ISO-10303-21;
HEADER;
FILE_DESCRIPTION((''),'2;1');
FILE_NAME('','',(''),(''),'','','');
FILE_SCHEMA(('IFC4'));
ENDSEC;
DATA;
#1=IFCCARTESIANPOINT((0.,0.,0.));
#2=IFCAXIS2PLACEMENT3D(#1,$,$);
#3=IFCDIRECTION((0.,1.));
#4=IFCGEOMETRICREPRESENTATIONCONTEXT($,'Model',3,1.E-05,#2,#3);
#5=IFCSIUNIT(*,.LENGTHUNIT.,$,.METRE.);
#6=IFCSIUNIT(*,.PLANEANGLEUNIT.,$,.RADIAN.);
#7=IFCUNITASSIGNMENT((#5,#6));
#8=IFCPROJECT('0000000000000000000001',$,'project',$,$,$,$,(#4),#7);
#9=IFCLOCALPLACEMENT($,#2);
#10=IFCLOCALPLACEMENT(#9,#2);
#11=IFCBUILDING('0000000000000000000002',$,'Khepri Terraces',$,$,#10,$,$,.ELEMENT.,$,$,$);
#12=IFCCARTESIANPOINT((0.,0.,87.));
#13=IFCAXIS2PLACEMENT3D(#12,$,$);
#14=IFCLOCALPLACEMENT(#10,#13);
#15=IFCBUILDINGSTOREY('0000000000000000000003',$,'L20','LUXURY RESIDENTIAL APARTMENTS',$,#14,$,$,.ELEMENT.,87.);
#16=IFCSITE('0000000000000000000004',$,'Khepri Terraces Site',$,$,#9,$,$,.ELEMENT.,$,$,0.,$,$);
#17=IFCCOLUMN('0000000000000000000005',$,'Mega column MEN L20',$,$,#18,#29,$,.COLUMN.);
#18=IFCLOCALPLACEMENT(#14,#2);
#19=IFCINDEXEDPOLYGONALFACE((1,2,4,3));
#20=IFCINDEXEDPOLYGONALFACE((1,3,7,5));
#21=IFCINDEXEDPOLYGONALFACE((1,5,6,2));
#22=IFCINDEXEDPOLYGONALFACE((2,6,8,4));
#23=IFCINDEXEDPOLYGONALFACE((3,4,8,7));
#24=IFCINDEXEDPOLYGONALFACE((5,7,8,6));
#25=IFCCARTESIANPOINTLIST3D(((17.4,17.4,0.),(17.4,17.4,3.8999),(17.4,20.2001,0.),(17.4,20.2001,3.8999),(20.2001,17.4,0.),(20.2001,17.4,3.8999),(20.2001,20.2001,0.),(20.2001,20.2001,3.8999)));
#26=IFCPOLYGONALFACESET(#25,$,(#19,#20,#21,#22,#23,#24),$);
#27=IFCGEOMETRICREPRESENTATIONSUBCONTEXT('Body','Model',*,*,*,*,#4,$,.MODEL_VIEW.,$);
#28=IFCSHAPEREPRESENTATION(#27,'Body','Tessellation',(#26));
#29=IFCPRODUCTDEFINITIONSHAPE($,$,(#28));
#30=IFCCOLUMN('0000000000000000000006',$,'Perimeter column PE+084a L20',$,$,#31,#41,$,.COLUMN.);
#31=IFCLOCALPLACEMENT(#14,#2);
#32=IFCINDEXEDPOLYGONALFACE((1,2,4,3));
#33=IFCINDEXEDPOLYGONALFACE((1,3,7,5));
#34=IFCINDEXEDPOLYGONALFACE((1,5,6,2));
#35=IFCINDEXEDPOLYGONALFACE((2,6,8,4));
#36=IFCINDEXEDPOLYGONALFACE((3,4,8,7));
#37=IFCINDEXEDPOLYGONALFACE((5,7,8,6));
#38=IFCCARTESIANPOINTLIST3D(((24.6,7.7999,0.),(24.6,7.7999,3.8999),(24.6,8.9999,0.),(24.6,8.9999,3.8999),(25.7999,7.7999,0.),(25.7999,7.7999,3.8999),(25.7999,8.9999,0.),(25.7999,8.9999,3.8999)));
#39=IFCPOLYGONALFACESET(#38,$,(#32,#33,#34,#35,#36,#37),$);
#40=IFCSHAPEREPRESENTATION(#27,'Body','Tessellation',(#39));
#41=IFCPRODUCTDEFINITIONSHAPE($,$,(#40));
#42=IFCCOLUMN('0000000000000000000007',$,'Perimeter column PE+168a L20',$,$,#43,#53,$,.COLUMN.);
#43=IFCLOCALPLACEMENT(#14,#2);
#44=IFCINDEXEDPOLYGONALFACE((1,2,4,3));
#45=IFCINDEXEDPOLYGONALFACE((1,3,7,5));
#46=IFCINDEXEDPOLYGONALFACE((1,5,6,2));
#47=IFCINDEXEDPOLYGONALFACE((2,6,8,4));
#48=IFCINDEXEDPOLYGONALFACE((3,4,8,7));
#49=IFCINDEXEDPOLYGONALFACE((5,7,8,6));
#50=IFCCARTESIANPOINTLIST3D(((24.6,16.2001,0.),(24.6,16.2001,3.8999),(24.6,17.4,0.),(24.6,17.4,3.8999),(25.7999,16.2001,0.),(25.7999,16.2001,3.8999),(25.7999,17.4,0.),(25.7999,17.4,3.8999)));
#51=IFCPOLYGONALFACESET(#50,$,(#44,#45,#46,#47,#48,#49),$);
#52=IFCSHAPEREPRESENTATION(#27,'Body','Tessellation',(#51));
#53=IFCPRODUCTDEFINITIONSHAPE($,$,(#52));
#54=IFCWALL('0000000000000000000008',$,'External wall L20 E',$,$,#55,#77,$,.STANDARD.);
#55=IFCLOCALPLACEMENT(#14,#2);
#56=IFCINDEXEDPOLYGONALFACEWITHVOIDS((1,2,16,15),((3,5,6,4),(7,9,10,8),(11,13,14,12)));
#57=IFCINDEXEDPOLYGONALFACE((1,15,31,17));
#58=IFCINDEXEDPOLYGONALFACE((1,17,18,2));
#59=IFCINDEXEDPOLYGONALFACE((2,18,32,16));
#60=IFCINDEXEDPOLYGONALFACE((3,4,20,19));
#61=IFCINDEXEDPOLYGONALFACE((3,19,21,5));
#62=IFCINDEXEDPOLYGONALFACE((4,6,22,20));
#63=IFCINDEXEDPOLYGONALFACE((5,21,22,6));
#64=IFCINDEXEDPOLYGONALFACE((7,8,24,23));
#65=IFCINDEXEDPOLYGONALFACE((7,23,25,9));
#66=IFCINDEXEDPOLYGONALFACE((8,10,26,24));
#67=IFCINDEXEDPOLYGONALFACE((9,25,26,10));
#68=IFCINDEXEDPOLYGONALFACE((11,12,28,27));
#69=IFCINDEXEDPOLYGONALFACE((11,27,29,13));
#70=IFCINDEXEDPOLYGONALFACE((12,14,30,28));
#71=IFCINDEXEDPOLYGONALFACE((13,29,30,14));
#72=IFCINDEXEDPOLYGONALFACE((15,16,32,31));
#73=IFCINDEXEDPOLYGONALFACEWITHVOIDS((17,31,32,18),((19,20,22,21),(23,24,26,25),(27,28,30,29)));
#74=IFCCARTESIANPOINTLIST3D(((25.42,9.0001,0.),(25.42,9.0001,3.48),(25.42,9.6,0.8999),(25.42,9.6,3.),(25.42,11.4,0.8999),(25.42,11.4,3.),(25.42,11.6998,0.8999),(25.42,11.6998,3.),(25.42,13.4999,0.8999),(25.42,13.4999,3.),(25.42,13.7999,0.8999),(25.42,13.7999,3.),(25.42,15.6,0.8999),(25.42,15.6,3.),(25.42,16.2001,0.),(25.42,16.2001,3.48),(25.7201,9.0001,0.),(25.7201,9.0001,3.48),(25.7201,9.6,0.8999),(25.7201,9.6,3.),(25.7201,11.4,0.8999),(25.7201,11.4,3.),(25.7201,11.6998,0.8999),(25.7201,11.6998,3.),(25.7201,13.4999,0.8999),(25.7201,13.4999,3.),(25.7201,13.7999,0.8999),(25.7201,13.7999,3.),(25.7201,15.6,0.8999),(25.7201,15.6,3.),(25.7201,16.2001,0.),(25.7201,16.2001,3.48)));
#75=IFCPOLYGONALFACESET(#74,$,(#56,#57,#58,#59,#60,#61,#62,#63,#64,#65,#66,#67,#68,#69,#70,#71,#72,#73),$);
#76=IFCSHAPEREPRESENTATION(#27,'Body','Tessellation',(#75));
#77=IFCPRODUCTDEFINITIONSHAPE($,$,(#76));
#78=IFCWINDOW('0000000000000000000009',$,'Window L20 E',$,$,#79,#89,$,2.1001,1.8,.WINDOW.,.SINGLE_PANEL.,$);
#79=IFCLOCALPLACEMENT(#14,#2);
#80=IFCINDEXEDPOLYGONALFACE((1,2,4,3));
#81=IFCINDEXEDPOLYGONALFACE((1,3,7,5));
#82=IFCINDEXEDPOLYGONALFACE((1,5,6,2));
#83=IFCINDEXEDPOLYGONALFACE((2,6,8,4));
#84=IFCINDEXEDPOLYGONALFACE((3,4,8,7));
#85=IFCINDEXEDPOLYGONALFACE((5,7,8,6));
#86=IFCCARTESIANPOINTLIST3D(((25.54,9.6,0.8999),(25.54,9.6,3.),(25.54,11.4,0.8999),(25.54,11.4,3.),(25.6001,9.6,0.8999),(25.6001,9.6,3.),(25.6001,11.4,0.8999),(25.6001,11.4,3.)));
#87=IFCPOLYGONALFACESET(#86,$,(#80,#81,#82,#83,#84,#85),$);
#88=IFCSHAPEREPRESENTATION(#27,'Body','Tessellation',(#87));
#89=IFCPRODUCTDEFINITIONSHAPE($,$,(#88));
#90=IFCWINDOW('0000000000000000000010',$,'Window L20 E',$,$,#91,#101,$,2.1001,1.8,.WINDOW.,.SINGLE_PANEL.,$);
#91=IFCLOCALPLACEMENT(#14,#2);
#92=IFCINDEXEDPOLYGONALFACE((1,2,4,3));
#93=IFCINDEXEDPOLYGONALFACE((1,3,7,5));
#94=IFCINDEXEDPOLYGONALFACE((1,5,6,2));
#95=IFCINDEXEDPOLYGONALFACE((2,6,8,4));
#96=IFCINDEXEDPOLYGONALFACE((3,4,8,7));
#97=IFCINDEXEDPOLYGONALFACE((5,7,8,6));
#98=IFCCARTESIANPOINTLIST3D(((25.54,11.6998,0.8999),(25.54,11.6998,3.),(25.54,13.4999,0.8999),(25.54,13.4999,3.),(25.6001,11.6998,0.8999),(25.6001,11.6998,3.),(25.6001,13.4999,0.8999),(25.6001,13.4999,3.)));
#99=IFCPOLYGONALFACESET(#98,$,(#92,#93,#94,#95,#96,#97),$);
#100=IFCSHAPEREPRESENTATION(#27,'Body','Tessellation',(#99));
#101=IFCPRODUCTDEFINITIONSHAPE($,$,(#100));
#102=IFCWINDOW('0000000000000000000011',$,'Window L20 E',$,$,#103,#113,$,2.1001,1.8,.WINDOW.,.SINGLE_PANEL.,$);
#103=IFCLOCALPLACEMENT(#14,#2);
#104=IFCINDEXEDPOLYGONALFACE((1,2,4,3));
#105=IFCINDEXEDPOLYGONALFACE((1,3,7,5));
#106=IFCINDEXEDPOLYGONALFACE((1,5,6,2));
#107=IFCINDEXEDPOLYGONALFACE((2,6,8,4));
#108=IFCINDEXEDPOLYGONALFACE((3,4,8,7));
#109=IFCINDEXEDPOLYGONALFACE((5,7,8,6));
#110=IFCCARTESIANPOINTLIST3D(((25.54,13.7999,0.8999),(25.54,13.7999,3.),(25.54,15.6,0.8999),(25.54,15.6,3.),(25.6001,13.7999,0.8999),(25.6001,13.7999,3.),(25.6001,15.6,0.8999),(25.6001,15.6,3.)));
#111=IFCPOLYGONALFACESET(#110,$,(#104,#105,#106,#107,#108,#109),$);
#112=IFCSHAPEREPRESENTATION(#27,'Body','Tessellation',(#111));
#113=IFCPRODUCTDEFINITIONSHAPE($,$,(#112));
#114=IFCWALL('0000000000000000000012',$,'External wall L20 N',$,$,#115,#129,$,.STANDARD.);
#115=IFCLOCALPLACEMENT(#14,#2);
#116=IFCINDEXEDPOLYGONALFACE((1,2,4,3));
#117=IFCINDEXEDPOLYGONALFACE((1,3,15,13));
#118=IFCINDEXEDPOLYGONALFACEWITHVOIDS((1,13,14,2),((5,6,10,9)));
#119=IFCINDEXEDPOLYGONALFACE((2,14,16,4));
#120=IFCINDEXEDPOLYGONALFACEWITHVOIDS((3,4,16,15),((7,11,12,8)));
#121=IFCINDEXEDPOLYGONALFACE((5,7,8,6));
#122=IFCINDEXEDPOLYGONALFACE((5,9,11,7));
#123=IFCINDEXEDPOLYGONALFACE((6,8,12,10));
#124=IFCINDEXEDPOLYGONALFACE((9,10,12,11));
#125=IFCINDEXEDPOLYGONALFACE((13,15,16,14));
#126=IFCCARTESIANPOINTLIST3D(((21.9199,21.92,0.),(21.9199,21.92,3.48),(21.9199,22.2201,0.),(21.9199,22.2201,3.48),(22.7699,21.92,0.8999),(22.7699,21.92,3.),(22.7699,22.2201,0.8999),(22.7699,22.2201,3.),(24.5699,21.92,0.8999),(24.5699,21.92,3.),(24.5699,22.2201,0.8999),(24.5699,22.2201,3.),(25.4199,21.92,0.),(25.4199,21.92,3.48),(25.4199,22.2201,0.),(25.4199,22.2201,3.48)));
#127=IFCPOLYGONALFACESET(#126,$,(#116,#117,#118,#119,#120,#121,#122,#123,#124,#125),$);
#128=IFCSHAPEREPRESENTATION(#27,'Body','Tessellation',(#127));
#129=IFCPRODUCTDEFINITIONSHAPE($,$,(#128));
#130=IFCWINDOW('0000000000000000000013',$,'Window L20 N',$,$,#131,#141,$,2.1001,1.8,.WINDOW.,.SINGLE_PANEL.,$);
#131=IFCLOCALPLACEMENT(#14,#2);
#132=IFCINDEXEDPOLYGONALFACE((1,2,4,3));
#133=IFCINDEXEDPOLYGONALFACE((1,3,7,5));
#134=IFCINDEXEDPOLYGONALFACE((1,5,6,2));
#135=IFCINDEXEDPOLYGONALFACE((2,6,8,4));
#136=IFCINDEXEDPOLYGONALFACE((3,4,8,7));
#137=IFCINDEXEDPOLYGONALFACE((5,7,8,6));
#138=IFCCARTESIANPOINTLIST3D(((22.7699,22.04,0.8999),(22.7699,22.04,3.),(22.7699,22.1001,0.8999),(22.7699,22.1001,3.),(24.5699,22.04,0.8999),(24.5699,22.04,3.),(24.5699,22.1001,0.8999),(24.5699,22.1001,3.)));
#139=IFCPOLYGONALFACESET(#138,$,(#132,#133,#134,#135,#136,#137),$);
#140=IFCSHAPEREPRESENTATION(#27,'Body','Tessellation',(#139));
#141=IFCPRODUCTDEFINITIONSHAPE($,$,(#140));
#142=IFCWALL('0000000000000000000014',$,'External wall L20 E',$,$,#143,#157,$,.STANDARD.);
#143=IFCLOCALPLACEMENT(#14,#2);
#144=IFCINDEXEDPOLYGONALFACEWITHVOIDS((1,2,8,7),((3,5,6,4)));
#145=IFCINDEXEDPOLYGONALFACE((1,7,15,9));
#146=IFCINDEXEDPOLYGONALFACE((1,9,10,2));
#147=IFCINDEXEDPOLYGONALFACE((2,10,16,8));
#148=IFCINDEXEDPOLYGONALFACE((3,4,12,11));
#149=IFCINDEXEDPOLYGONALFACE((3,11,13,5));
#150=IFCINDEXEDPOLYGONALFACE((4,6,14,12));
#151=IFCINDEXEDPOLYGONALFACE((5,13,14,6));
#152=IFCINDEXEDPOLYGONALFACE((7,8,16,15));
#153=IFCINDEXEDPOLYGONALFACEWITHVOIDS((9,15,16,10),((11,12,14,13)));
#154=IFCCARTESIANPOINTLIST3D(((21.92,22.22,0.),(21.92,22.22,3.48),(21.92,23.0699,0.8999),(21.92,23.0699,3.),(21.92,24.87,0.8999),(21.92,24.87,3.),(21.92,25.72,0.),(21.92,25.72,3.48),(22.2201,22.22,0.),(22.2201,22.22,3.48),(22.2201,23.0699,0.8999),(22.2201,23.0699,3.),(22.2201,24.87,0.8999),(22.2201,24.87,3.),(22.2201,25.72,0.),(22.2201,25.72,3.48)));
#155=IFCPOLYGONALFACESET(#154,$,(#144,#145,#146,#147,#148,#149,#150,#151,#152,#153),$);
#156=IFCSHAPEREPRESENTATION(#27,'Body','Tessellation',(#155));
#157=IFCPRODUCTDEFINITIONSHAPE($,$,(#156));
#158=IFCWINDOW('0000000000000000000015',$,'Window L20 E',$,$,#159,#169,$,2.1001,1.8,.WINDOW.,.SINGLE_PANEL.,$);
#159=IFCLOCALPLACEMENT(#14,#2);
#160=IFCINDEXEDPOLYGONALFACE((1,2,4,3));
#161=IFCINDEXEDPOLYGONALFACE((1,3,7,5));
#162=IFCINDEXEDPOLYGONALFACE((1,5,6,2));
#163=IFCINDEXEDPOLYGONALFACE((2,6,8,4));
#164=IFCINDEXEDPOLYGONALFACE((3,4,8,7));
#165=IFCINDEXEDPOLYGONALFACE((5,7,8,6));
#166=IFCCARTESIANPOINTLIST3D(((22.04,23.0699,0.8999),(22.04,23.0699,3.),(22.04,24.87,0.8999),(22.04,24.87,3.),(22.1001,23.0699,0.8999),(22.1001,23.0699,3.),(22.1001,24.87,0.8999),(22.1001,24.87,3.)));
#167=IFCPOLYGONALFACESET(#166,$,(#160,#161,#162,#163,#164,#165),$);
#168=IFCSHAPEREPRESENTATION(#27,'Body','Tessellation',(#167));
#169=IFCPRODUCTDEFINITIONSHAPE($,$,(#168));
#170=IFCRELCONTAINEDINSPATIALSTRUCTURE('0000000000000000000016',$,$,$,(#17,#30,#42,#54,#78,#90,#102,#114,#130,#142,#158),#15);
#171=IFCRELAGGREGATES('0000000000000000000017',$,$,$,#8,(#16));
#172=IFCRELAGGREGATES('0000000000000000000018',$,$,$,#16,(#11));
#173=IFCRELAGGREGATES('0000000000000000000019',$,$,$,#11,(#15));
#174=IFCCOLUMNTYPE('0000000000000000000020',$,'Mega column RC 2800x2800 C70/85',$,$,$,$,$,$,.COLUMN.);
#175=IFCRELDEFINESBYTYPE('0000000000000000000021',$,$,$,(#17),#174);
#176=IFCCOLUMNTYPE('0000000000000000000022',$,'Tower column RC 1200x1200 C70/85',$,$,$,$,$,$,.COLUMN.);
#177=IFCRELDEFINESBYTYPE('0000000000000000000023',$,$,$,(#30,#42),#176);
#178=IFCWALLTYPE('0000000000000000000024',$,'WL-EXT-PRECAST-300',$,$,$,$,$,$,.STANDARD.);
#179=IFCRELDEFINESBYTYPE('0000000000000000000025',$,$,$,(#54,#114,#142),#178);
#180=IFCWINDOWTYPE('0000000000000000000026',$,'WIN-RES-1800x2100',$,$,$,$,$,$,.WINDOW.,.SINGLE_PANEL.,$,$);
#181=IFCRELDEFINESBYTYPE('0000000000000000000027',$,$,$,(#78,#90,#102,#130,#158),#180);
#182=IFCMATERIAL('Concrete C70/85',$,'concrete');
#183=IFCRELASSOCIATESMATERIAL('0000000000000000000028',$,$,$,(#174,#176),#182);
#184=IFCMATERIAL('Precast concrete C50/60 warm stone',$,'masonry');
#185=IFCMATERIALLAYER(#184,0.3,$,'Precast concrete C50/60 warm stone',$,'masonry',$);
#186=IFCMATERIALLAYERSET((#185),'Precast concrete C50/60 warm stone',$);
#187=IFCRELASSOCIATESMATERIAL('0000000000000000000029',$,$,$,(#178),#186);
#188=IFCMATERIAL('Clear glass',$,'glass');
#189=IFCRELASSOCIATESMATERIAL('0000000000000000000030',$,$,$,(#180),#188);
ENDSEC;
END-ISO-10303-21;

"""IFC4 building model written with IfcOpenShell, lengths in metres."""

from ifc_helpers import new_model, si_unit, direction, frame, frame_2d, origin, origin_2d, place, context, subcontext, project, spatial, rectangle, extrude, material, layer, layer_set, material_profile, profile_set, type_object, element, fill, save


model = new_model("IFC4")

# Units and contexts
model_context = context("Model", 3, precision=1e-05, world=origin(), true_north=direction((0.0, 1.0)))
body_context = subcontext(model_context, "Body", "Model", "MODEL_VIEW")
ifc_project = project(units=[si_unit("LENGTHUNIT", "METRE"), si_unit("PLANEANGLEUNIT", "RADIAN")], contexts=[model_context])

# Site, building, storey
site_placement = place(None, origin())
site = spatial("IfcSite", under=ifc_project, at=site_placement, Name="Khepri Terraces Site", CompositionType="ELEMENT", RefElevation=0.0)
building_placement = place(site_placement, origin())
building = spatial("IfcBuilding", under=site, at=building_placement, Name="Khepri Terraces", CompositionType="ELEMENT")
storey_placement = place(building_placement, frame((0.0, 0.0, 87.0)))
storey = spatial("IfcBuildingStorey", under=building, at=storey_placement, Name="L20", Description="LUXURY RESIDENTIAL APARTMENTS", CompositionType="ELEMENT", Elevation=87.0)

# Columns
ifc_material_1 = material(Name="Concrete C70/85", Category="concrete")
ifc_material_profile_1 = material_profile(ifc_material_1, rectangle(XDim=2.8, YDim=2.8, at=origin_2d()), Name="Concrete C70/85", Category="concrete")
ifc_profile_set_1 = profile_set([ifc_material_profile_1], Name="Concrete C70/85")
column_type_1 = type_object("IfcColumnType", Name="Mega column RC 2800x2800 C70/85", PredefinedType="COLUMN", material=ifc_profile_set_1)
column_placement = place(storey_placement, frame((18.8, 18.8, 0.0), z_axis=(0.0, 0.0, 1.0), x_axis=(1.0, 0.0, 0.0)))
element("IfcColumn", 1, at=column_placement, inside=storey, type_object=column_type_1, Name="Mega column MEN L20", PredefinedType="COLUMN", context=body_context, shape_type="SweptSolid", body=[
    extrude(rectangle(XDim=2.8, YDim=2.8, at=origin_2d()), origin(), (0.0, 0.0, 1.0), 3.8999),
])
ifc_material_profile_2 = material_profile(ifc_material_1, rectangle(XDim=1.2, YDim=1.2, at=origin_2d()), Name="Concrete C70/85", Category="concrete")
ifc_profile_set_2 = profile_set([ifc_material_profile_2], Name="Concrete C70/85")
column_type_2 = type_object("IfcColumnType", Name="Tower column RC 1200x1200 C70/85", PredefinedType="COLUMN", material=ifc_profile_set_2)
for number, where, z_axis, x_axis, name in (
    (2, (25.2, 8.3999, 0.0), (0.0, 0.0, 1.0), (1.0, 0.0, 0.0), "Perimeter column PE+084a L20"),
    (3, (25.2, 16.8, 0.0), (0.0, 0.0, 1.0), (1.0, 0.0, 0.0), "Perimeter column PE+168a L20"),
):
    element("IfcColumn", number, at=place(storey_placement, frame(where, z_axis=z_axis, x_axis=x_axis)), inside=storey, type_object=column_type_2, Name=name, PredefinedType="COLUMN", context=body_context, shape_type="SweptSolid", body=[
        extrude(rectangle(XDim=1.2, YDim=1.2, at=origin_2d()), origin(), (0.0, 0.0, 1.0), 3.8999),
    ])

# Wall, openings, windows
ifc_material_2 = material(Name="Precast concrete C50/60 warm stone", Category="masonry")
ifc_layer_1 = layer(ifc_material_2, 0.3, Name="Precast concrete C50/60 warm stone", Category="masonry")
ifc_layer_set_1 = layer_set([ifc_layer_1], Name="Precast concrete C50/60 warm stone")
wall_type_1 = type_object("IfcWallType", Name="WL-EXT-PRECAST-300", PredefinedType="STANDARD", material=ifc_layer_set_1)
wall_1_placement = place(storey_placement, frame((25.5701, 9.0, 0.0), z_axis=(0.0, 0.0, 1.0), x_axis=(0.0, 1.0, 0.0)))
wall_1 = element("IfcWall", 4, at=wall_1_placement, inside=storey, type_object=wall_type_1, Name="External wall L20 E", PredefinedType="STANDARD", context=body_context, shape_type="SweptSolid", body=[
    extrude(rectangle(XDim=7.2, YDim=0.3, at=frame_2d((3.6001, 0.0))), origin(), (0.0, 0.0, 1.0), 3.48),
])
opening_1_placement = place(wall_1_placement, frame((0.6001, 0.0, 0.8999)))
opening_1 = element("IfcOpeningElement", 5, at=opening_1_placement, cuts=wall_1, PredefinedType="OPENING", context=body_context, shape_type="SweptSolid", body=[
    extrude(rectangle(XDim=1.8, YDim=2.1001, at=frame_2d((0.8999, 1.05))), frame((0.0, 0.1602, 0.0), z_axis=(0.0, -1.0, 0.0), x_axis=(1.0, 0.0, 0.0)), (0.0, 0.0, 1.0), 0.3201),
])
opening_2_placement = place(wall_1_placement, frame((2.7, 0.0, 0.8999)))
opening_2 = element("IfcOpeningElement", 6, at=opening_2_placement, cuts=wall_1, PredefinedType="OPENING", context=body_context, shape_type="SweptSolid", body=[
    extrude(rectangle(XDim=1.8, YDim=2.1001, at=frame_2d((0.8999, 1.05))), frame((0.0, 0.1602, 0.0), z_axis=(0.0, -1.0, 0.0), x_axis=(1.0, 0.0, 0.0)), (0.0, 0.0, 1.0), 0.3201),
])
opening_3_placement = place(wall_1_placement, frame((4.8, 0.0, 0.8999)))
opening_3 = element("IfcOpeningElement", 7, at=opening_3_placement, cuts=wall_1, PredefinedType="OPENING", context=body_context, shape_type="SweptSolid", body=[
    extrude(rectangle(XDim=1.8, YDim=2.1001, at=frame_2d((0.8999, 1.05))), frame((0.0, 0.1602, 0.0), z_axis=(0.0, -1.0, 0.0), x_axis=(1.0, 0.0, 0.0)), (0.0, 0.0, 1.0), 0.3201),
])
ifc_material_3 = material(Name="Clear glass", Category="glass")
window_type = type_object("IfcWindowType", Name="WIN-RES-1800x2100", PartitioningType="SINGLE_PANEL", PredefinedType="WINDOW", material=ifc_material_3)
window_1_placement = place(opening_1_placement, origin())
window_1 = element("IfcWindow", 8, at=window_1_placement, inside=storey, type_object=window_type, Name="Window L20 E", OverallHeight=2.1001, OverallWidth=1.8, PartitioningType="SINGLE_PANEL", PredefinedType="WINDOW", context=body_context, shape_type="SweptSolid", body=[
    extrude(rectangle(XDim=1.8, YDim=2.1001, at=frame_2d((0.8999, 1.05))), frame((0.0, 0.03, 0.0), z_axis=(0.0, -1.0, 0.0), x_axis=(1.0, 0.0, 0.0)), (0.0, 0.0, 1.0), 0.0601),
])
fill(opening_1, window_1)
window_2_placement = place(opening_2_placement, origin())
window_2 = element("IfcWindow", 9, at=window_2_placement, inside=storey, type_object=window_type, Name="Window L20 E", OverallHeight=2.1001, OverallWidth=1.8, PartitioningType="SINGLE_PANEL", PredefinedType="WINDOW", context=body_context, shape_type="SweptSolid", body=[
    extrude(rectangle(XDim=1.8, YDim=2.1001, at=frame_2d((0.8999, 1.05))), frame((0.0, 0.03, 0.0), z_axis=(0.0, -1.0, 0.0), x_axis=(1.0, 0.0, 0.0)), (0.0, 0.0, 1.0), 0.0601),
])
fill(opening_2, window_2)
window_3_placement = place(opening_3_placement, origin())
window_3 = element("IfcWindow", 10, at=window_3_placement, inside=storey, type_object=window_type, Name="Window L20 E", OverallHeight=2.1001, OverallWidth=1.8, PartitioningType="SINGLE_PANEL", PredefinedType="WINDOW", context=body_context, shape_type="SweptSolid", body=[
    extrude(rectangle(XDim=1.8, YDim=2.1001, at=frame_2d((0.8999, 1.05))), frame((0.0, 0.03, 0.0), z_axis=(0.0, -1.0, 0.0), x_axis=(1.0, 0.0, 0.0)), (0.0, 0.0, 1.0), 0.0601),
])
fill(opening_3, window_3)

# Walls, openings, windows
wall_2_placement = place(storey_placement, frame((25.4199, 22.0701, 0.0), z_axis=(0.0, 0.0, 1.0), x_axis=(-1.0, 0.0, 0.0)))
wall_2 = element("IfcWall", 11, at=wall_2_placement, inside=storey, type_object=wall_type_1, Name="External wall L20 N", PredefinedType="STANDARD", context=body_context, shape_type="SweptSolid", body=[
    extrude(rectangle(XDim=3.5, YDim=0.3, at=frame_2d((1.75, 0.0))), origin(), (0.0, 0.0, 1.0), 3.48),
])
opening_4_placement = place(wall_2_placement, frame((0.8501, 0.0, 0.8999)))
opening_4 = element("IfcOpeningElement", 12, at=opening_4_placement, cuts=wall_2, PredefinedType="OPENING", context=body_context, shape_type="SweptSolid", body=[
    extrude(rectangle(XDim=1.8, YDim=2.1001, at=frame_2d((0.8999, 1.05))), frame((0.0, 0.1602, 0.0), z_axis=(0.0, -1.0, 0.0), x_axis=(1.0, 0.0, 0.0)), (0.0, 0.0, 1.0), 0.3201),
])
window_4_placement = place(opening_4_placement, origin())
window_4 = element("IfcWindow", 13, at=window_4_placement, inside=storey, type_object=window_type, Name="Window L20 N", OverallHeight=2.1001, OverallWidth=1.8, PartitioningType="SINGLE_PANEL", PredefinedType="WINDOW", context=body_context, shape_type="SweptSolid", body=[
    extrude(rectangle(XDim=1.8, YDim=2.1001, at=frame_2d((0.8999, 1.05))), frame((0.0, 0.03, 0.0), z_axis=(0.0, -1.0, 0.0), x_axis=(1.0, 0.0, 0.0)), (0.0, 0.0, 1.0), 0.0601),
])
fill(opening_4, window_4)
wall_3_placement = place(storey_placement, frame((22.0701, 22.22, 0.0), z_axis=(0.0, 0.0, 1.0), x_axis=(0.0, 1.0, 0.0)))
wall_3 = element("IfcWall", 14, at=wall_3_placement, inside=storey, type_object=wall_type_1, Name="External wall L20 E", PredefinedType="STANDARD", context=body_context, shape_type="SweptSolid", body=[
    extrude(rectangle(XDim=3.5, YDim=0.3, at=frame_2d((1.75, 0.0))), origin(), (0.0, 0.0, 1.0), 3.48),
])
opening_5_placement = place(wall_3_placement, frame((0.8501, 0.0, 0.8999)))
opening_5 = element("IfcOpeningElement", 15, at=opening_5_placement, cuts=wall_3, PredefinedType="OPENING", context=body_context, shape_type="SweptSolid", body=[
    extrude(rectangle(XDim=1.8, YDim=2.1001, at=frame_2d((0.8999, 1.05))), frame((0.0, 0.1602, 0.0), z_axis=(0.0, -1.0, 0.0), x_axis=(1.0, 0.0, 0.0)), (0.0, 0.0, 1.0), 0.3201),
])
window_5_placement = place(opening_5_placement, origin())
window_5 = element("IfcWindow", 16, at=window_5_placement, inside=storey, type_object=window_type, Name="Window L20 E", OverallHeight=2.1001, OverallWidth=1.8, PartitioningType="SINGLE_PANEL", PredefinedType="WINDOW", context=body_context, shape_type="SweptSolid", body=[
    extrude(rectangle(XDim=1.8, YDim=2.1001, at=frame_2d((0.8999, 1.05))), frame((0.0, 0.03, 0.0), z_axis=(0.0, -1.0, 0.0), x_axis=(1.0, 0.0, 0.0)), (0.0, 0.0, 1.0), 0.0601),
])
fill(opening_5, window_5)

save(model, "model.ifc")
